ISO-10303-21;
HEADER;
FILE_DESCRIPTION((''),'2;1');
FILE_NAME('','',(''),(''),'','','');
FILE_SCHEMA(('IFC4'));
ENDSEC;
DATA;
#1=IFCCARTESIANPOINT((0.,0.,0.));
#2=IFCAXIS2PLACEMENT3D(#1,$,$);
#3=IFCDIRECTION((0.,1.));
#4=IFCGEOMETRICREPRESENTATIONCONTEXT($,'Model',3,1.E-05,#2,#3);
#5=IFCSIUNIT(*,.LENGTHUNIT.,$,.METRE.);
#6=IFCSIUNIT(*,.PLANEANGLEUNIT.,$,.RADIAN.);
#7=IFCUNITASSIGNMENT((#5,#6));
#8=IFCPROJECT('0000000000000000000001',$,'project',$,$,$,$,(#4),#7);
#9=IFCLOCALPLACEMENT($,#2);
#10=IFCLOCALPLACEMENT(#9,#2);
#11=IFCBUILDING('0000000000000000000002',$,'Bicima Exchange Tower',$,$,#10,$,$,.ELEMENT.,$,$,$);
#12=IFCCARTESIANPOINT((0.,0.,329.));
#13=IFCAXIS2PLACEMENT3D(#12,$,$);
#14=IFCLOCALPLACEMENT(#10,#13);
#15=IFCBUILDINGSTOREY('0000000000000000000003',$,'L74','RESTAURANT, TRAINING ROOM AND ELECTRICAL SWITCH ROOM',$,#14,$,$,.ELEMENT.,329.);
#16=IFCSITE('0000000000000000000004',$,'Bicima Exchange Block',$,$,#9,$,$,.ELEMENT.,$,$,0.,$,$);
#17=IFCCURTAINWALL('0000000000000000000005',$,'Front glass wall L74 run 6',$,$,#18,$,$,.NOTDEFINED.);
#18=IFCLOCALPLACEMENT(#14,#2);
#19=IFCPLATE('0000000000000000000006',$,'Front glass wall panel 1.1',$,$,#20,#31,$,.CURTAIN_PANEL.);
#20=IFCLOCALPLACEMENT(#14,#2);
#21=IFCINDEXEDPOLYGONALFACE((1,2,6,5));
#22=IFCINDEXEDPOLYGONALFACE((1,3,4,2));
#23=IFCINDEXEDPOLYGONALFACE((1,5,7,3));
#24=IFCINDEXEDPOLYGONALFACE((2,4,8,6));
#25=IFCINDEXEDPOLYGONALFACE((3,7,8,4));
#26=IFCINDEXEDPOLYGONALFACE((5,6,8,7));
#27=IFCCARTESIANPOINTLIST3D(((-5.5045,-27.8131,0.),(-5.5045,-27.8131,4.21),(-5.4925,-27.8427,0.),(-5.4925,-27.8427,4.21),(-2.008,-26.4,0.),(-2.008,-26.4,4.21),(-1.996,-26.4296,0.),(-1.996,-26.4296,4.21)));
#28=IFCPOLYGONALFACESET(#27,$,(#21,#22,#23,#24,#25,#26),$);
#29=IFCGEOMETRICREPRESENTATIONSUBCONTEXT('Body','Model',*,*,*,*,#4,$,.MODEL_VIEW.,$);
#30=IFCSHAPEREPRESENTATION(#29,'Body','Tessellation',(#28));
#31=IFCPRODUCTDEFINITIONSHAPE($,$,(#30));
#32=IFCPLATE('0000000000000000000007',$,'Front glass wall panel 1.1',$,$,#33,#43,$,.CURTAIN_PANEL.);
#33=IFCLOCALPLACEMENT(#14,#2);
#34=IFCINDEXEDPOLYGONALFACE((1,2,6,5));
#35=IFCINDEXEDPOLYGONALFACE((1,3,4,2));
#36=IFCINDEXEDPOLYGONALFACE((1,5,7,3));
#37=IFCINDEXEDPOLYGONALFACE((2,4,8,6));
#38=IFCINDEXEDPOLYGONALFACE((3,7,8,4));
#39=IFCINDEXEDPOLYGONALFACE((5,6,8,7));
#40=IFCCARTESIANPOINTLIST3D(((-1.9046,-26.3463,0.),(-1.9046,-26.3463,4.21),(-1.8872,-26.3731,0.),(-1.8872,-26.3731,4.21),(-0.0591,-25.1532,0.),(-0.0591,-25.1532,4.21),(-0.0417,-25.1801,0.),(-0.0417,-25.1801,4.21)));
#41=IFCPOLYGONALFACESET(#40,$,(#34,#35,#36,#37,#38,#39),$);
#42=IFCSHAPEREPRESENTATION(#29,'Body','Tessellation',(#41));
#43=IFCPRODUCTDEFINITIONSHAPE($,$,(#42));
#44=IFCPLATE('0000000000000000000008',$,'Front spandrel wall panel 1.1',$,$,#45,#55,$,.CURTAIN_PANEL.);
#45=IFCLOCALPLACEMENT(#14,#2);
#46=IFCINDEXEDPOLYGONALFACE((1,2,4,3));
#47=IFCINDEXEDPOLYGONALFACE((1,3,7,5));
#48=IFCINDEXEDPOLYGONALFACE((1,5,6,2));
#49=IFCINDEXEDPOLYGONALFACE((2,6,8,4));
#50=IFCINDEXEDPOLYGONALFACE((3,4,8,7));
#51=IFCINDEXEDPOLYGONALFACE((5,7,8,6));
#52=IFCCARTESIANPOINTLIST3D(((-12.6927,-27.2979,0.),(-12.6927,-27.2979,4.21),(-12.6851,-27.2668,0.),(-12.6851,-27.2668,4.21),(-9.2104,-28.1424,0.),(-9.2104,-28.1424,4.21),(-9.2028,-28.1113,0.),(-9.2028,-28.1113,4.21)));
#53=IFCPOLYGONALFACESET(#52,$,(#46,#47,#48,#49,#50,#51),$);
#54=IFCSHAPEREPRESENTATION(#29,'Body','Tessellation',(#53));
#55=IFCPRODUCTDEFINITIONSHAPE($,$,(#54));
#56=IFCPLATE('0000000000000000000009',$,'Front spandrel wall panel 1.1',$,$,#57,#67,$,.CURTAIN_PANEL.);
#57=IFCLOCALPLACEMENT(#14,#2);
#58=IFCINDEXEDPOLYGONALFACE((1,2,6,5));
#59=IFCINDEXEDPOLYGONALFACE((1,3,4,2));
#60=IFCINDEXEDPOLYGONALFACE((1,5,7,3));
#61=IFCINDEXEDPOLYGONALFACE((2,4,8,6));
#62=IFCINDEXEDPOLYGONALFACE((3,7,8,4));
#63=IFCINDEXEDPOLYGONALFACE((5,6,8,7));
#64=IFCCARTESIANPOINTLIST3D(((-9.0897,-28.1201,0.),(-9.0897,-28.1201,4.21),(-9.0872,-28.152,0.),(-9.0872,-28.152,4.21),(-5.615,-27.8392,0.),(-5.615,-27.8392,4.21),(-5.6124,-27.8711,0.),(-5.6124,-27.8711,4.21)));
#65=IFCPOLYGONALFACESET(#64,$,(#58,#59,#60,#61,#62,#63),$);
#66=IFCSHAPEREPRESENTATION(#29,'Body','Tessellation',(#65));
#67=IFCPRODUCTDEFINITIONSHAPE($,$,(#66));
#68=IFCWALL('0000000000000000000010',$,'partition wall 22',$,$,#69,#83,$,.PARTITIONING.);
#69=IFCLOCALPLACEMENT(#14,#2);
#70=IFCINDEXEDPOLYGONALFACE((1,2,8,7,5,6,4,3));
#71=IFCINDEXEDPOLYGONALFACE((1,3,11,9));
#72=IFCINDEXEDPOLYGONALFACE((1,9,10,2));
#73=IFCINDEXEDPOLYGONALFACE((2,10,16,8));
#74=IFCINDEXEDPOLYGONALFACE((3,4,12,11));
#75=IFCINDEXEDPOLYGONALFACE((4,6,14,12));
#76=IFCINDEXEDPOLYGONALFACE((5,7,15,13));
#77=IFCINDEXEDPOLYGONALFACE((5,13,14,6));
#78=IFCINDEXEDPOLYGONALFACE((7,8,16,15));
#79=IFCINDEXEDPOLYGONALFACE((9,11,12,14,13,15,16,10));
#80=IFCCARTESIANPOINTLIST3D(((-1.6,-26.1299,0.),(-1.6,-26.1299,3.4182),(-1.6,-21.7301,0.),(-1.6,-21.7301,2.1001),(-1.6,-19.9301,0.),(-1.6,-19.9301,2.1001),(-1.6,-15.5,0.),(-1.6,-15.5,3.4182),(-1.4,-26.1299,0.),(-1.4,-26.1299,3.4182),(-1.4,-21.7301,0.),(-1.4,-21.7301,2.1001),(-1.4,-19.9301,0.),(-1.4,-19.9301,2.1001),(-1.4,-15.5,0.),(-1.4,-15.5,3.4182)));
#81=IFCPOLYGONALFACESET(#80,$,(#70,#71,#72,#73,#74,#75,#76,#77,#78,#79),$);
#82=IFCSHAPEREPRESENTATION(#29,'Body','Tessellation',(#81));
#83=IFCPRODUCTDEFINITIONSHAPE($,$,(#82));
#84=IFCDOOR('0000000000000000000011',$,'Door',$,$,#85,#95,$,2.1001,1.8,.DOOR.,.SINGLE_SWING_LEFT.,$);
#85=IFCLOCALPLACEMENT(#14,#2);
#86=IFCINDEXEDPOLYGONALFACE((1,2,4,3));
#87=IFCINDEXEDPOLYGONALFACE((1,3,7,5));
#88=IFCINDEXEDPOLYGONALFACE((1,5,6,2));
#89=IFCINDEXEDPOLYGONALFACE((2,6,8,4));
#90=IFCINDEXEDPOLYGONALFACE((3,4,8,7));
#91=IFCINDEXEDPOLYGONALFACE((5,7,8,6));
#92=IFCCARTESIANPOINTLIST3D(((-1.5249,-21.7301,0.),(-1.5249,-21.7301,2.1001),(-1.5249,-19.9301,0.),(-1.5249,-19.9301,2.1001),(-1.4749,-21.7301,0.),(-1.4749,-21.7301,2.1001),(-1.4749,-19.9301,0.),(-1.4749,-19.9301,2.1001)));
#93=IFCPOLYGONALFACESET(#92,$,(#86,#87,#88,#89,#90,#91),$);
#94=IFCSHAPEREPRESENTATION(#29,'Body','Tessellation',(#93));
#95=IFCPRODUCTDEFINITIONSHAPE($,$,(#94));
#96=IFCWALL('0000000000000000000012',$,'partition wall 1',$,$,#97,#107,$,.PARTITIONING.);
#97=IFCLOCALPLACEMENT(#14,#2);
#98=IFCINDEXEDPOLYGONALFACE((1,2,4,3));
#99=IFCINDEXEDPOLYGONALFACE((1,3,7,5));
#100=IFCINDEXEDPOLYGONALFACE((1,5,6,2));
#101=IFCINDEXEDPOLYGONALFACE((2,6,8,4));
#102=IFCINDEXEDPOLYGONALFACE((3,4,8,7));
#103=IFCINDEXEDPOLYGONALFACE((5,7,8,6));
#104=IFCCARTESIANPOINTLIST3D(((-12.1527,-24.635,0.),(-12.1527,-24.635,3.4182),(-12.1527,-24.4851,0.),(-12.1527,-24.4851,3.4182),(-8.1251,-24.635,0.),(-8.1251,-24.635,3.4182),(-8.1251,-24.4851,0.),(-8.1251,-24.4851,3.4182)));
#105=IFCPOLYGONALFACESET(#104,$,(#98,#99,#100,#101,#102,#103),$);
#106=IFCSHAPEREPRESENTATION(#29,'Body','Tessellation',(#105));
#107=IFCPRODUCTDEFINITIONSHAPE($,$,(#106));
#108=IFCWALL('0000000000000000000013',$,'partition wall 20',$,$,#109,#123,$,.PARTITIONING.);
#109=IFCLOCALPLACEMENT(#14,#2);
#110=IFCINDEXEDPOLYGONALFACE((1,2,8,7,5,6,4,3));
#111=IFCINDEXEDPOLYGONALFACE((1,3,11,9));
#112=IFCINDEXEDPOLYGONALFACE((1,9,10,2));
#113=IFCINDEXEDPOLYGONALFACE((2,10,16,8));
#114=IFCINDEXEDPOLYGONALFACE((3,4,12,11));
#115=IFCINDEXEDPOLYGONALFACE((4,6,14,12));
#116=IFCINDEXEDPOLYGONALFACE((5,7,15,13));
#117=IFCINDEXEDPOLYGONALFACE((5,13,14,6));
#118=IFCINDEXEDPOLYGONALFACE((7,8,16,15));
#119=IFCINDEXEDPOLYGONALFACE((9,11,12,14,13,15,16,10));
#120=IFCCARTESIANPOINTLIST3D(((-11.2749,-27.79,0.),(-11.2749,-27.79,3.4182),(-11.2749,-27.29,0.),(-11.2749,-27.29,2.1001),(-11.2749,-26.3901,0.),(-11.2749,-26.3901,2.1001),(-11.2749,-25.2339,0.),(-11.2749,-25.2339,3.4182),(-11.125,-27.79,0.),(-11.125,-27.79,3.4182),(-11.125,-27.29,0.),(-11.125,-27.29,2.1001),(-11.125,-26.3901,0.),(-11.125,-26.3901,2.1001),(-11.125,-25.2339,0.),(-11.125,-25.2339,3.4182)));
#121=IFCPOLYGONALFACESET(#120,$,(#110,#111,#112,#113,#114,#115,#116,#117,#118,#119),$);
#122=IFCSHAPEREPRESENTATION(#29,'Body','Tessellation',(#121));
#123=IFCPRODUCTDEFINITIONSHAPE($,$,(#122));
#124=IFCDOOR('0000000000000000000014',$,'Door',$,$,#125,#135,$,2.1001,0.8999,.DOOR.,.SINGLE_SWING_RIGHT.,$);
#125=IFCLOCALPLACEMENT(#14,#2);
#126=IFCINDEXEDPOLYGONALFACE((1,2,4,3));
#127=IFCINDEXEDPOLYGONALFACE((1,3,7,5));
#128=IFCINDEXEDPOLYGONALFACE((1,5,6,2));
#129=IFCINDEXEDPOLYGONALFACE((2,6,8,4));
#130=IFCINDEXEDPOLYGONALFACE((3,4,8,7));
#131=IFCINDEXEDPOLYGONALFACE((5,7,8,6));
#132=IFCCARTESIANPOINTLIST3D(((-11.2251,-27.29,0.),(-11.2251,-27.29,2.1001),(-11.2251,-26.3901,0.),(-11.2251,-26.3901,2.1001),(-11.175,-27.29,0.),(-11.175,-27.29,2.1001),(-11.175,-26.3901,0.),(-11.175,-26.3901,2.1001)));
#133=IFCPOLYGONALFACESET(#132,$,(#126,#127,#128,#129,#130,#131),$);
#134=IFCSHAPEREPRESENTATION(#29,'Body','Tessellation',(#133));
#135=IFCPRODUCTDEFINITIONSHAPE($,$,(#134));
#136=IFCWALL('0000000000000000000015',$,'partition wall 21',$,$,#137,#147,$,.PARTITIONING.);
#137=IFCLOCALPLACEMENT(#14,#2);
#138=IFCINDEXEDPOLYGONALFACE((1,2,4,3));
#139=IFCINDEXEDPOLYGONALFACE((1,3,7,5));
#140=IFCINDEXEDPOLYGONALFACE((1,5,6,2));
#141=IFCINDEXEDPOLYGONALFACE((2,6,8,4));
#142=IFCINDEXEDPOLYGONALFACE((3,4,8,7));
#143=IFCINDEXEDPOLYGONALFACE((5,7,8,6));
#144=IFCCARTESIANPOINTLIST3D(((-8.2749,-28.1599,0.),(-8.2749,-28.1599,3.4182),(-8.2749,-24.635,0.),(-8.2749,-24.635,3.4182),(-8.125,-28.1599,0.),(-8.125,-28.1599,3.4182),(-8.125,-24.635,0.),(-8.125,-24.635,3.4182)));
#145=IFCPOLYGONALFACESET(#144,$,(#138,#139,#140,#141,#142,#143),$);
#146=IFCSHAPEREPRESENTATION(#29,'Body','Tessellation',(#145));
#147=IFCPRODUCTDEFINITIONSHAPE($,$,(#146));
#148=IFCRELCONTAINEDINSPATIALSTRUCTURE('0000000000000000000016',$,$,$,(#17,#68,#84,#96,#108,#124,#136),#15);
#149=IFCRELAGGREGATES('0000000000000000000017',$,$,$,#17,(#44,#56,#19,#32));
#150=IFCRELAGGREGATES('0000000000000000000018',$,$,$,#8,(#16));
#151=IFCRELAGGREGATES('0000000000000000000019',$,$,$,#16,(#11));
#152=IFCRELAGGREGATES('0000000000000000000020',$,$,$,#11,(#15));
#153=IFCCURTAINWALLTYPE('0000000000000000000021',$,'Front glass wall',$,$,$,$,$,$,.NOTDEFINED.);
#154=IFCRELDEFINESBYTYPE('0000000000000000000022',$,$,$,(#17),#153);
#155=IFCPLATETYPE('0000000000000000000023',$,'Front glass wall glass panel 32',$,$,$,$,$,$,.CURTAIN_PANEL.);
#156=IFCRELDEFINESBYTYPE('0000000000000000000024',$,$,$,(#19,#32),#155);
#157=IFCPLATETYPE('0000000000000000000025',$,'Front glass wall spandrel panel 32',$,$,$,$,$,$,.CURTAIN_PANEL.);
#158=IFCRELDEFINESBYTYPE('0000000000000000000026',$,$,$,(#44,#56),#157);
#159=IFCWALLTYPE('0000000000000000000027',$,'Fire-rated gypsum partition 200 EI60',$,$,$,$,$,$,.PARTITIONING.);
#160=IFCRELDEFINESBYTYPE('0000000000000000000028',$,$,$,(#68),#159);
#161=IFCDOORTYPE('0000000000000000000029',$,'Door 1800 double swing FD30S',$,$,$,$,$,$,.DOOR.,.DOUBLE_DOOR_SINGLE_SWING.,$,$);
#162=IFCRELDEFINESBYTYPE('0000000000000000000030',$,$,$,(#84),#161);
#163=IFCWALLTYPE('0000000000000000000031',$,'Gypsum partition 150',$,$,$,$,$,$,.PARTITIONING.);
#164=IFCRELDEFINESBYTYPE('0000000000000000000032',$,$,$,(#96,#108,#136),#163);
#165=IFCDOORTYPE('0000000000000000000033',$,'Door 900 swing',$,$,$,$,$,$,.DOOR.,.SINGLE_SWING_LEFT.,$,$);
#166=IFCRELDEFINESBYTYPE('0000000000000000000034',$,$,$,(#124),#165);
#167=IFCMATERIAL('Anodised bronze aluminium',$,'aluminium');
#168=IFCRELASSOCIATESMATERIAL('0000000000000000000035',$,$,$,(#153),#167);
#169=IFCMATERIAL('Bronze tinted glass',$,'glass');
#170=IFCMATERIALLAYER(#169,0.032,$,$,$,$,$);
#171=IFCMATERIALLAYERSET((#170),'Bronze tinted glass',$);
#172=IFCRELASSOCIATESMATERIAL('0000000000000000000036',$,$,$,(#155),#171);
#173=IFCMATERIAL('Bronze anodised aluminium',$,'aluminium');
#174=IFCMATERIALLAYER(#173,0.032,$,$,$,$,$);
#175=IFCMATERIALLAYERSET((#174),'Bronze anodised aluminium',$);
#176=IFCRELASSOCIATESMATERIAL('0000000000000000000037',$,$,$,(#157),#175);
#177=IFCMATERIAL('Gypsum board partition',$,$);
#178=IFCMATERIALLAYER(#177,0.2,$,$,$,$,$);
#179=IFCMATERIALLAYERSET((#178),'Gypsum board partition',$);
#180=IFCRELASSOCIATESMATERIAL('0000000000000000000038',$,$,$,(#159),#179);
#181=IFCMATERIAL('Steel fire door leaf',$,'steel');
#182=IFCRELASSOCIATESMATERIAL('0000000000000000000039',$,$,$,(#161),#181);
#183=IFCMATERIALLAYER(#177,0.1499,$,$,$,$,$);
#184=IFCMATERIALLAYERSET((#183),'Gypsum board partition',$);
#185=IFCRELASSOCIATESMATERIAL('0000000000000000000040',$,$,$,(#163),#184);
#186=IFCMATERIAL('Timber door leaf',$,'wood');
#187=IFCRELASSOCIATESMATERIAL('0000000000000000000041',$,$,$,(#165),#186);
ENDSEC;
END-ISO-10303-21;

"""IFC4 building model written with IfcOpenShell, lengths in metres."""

from ifc_helpers import new_model, si_unit, direction, frame, frame_2d, origin, origin_2d, place, context, subcontext, project, spatial, rectangle, extrude, material, layer, layer_set, type_object, element, fill, aggregate, save


model = new_model("IFC4")

# Units and contexts
model_context = context("Model", 3, precision=1e-05, world=origin(), true_north=direction((0.0, 1.0)))
body_context = subcontext(model_context, "Body", "Model", "MODEL_VIEW")
ifc_project = project(units=[si_unit("LENGTHUNIT", "METRE"), si_unit("PLANEANGLEUNIT", "RADIAN")], contexts=[model_context])

# Site, building, storey
site_placement = place(None, origin())
site = spatial("IfcSite", under=ifc_project, at=site_placement, Name="Bicima Exchange Block", CompositionType="ELEMENT", RefElevation=0.0)
building_placement = place(site_placement, origin())
building = spatial("IfcBuilding", under=site, at=building_placement, Name="Bicima Exchange Tower", CompositionType="ELEMENT")
storey_placement = place(building_placement, frame((0.0, 0.0, 329.0)))
storey = spatial("IfcBuildingStorey", under=building, at=storey_placement, Name="L74", Description="RESTAURANT, TRAINING ROOM AND ELECTRICAL SWITCH ROOM", CompositionType="ELEMENT", Elevation=329.0)

# Curtain wall, plates
ifc_material_1 = material(Name="Anodised bronze aluminium", Category="aluminium")
curtain_wall_type = type_object("IfcCurtainWallType", Name="Front glass wall", PredefinedType="NOTDEFINED", material=ifc_material_1)
curtain_wall_placement = place(storey_placement, origin())
curtain_wall = element("IfcCurtainWall", 1, at=curtain_wall_placement, inside=storey, type_object=curtain_wall_type, Name="Front glass wall L74 run 6", PredefinedType="NOTDEFINED")
ifc_material_2 = material(Name="Bronze tinted glass", Category="glass")
ifc_layer_1 = layer(ifc_material_2, 0.032)
ifc_layer_set_1 = layer_set([ifc_layer_1], Name="Bronze tinted glass")
plate_type_1 = type_object("IfcPlateType", Name="Front glass wall glass panel 32", PredefinedType="CURTAIN_PANEL", material=ifc_layer_set_1)
plate_1_placement = place(storey_placement, frame((-3.7502, -27.1213, 0.0), z_axis=(0.0, 0.0, 1.0), x_axis=(0.927144, 0.374705, 0.0)))
plate_1 = element("IfcPlate", 2, at=plate_1_placement, type_object=plate_type_1, Name="Front glass wall panel 1.1", PredefinedType="CURTAIN_PANEL", context=body_context, shape_type="SweptSolid", body=[
    extrude(rectangle(XDim=3.7712, YDim=0.032, at=origin_2d()), origin(), (0.0, 0.0, 1.0), 4.21),
])
plate_2_placement = place(storey_placement, frame((-0.9731, -25.7632, 0.0), z_axis=(0.0, 0.0, 1.0), x_axis=(0.839799, 0.542897, 0.0)))
plate_2 = element("IfcPlate", 3, at=plate_2_placement, type_object=plate_type_1, Name="Front glass wall panel 1.1", PredefinedType="CURTAIN_PANEL", context=body_context, shape_type="SweptSolid", body=[
    extrude(rectangle(XDim=2.1975, YDim=0.032, at=origin_2d()), origin(), (0.0, 0.0, 1.0), 4.21),
])
ifc_material_3 = material(Name="Bronze anodised aluminium", Category="aluminium")
ifc_layer_2 = layer(ifc_material_3, 0.032)
ifc_layer_set_2 = layer_set([ifc_layer_2], Name="Bronze anodised aluminium")
plate_type_2 = type_object("IfcPlateType", Name="Front glass wall spandrel panel 32", PredefinedType="CURTAIN_PANEL", material=ifc_layer_set_2)
plate_3_placement = place(storey_placement, frame((-10.9478, -27.7046, 0.0), z_axis=(0.0, 0.0, 1.0), x_axis=(0.97183, -0.235682, 0.0)))
plate_3 = element("IfcPlate", 4, at=plate_3_placement, type_object=plate_type_2, Name="Front spandrel wall panel 1.1", PredefinedType="CURTAIN_PANEL", context=body_context, shape_type="SweptSolid", body=[
    extrude(rectangle(XDim=3.5833, YDim=0.032, at=origin_2d()), origin(), (0.0, 0.0, 1.0), 4.21),
])
plate_4_placement = place(storey_placement, frame((-7.3511, -27.9956, 0.0), z_axis=(0.0, 0.0, 1.0), x_axis=(0.996747, 0.080589, 0.0)))
plate_4 = element("IfcPlate", 5, at=plate_4_placement, type_object=plate_type_2, Name="Front spandrel wall panel 1.1", PredefinedType="CURTAIN_PANEL", context=body_context, shape_type="SweptSolid", body=[
    extrude(rectangle(XDim=3.4861, YDim=0.032, at=origin_2d()), origin(), (0.0, 0.0, 1.0), 4.21),
])
aggregate(curtain_wall, [plate_3, plate_4, plate_1, plate_2])

# Wall, opening, door
ifc_material_4 = material(Name="Gypsum board partition")
ifc_layer_3 = layer(ifc_material_4, 0.2)
ifc_layer_set_3 = layer_set([ifc_layer_3], Name="Gypsum board partition")
wall_type_1 = type_object("IfcWallType", Name="Fire-rated gypsum partition 200 EI60", PredefinedType="PARTITIONING", material=ifc_layer_set_3)
wall_1_placement = place(storey_placement, frame((-1.5, -26.1299, 0.0), z_axis=(0.0, 0.0, 1.0), x_axis=(0.0, 1.0, 0.0)))
wall_1 = element("IfcWall", 6, at=wall_1_placement, inside=storey, type_object=wall_type_1, Name="partition wall 22", PredefinedType="PARTITIONING", context=body_context, shape_type="SweptSolid", body=[
    extrude(rectangle(XDim=10.6299, YDim=0.2, at=frame_2d((5.3149, 0.0))), origin(), (0.0, 0.0, 1.0), 3.4182),
])
opening_1_placement = place(wall_1_placement, frame((4.3999, 0.0, 0.0)))
opening_1 = element("IfcOpeningElement", 7, at=opening_1_placement, cuts=wall_1, PredefinedType="OPENING", context=body_context, shape_type="SweptSolid", body=[
    extrude(rectangle(XDim=1.8, YDim=2.1001, at=frame_2d((0.8999, 1.05))), frame((0.0, 0.1118, 0.0), z_axis=(0.0, -1.0, 0.0), x_axis=(1.0, 0.0, 0.0)), (0.0, 0.0, 1.0), 0.2239),
])
ifc_material_5 = material(Name="Steel fire door leaf", Category="steel")
door_type_1 = type_object("IfcDoorType", Name="Door 1800 double swing FD30S", OperationType="DOUBLE_DOOR_SINGLE_SWING", PredefinedType="DOOR", material=ifc_material_5)
door_1_placement = place(opening_1_placement, origin())
door_1 = element("IfcDoor", 8, at=door_1_placement, inside=storey, type_object=door_type_1, Name="Door", OperationType="SINGLE_SWING_LEFT", OverallHeight=2.1001, OverallWidth=1.8, PredefinedType="DOOR", context=body_context, shape_type="SweptSolid", body=[
    extrude(rectangle(XDim=1.8, YDim=2.1001, at=frame_2d((0.8999, 1.05))), frame((0.0, 0.0249, 0.0), z_axis=(0.0, -1.0, 0.0), x_axis=(1.0, 0.0, 0.0)), (0.0, 0.0, 1.0), 0.05),
])
fill(opening_1, door_1)

# Wall
ifc_layer_4 = layer(ifc_material_4, 0.1499)
ifc_layer_set_4 = layer_set([ifc_layer_4], Name="Gypsum board partition")
wall_type_2 = type_object("IfcWallType", Name="Gypsum partition 150", PredefinedType="PARTITIONING", material=ifc_layer_set_4)
wall_2_placement = place(storey_placement, frame((-12.1526, -24.5601, 0.0), z_axis=(0.0, 0.0, 1.0), x_axis=(1.0, 0.0, 0.0)))
element("IfcWall", 9, at=wall_2_placement, inside=storey, type_object=wall_type_2, Name="partition wall 1", PredefinedType="PARTITIONING", context=body_context, shape_type="SweptSolid", body=[
    extrude(rectangle(XDim=4.0276, YDim=0.1499, at=frame_2d((2.0137, 0.0))), origin(), (0.0, 0.0, 1.0), 3.4182),
])

# Wall, opening, door
wall_3_placement = place(storey_placement, frame((-11.2, -27.79, 0.0), z_axis=(0.0, 0.0, 1.0), x_axis=(0.0, 1.0, 0.0)))
wall_3 = element("IfcWall", 10, at=wall_3_placement, inside=storey, type_object=wall_type_2, Name="partition wall 20", PredefinedType="PARTITIONING", context=body_context, shape_type="SweptSolid", body=[
    extrude(rectangle(XDim=2.5562, YDim=0.1499, at=frame_2d((1.2781, 0.0))), origin(), (0.0, 0.0, 1.0), 3.4182),
])
opening_2_placement = place(wall_3_placement, frame((0.5, 0.0, 0.0)))
opening_2 = element("IfcOpeningElement", 11, at=opening_2_placement, cuts=wall_3, PredefinedType="OPENING", context=body_context, shape_type="SweptSolid", body=[
    extrude(rectangle(XDim=0.8999, YDim=2.1001, at=frame_2d((0.45, 1.05))), frame((0.0, 0.0869, 0.0), z_axis=(0.0, -1.0, 0.0), x_axis=(1.0, 0.0, 0.0)), (0.0, 0.0, 1.0), 0.1738),
])
ifc_material_6 = material(Name="Timber door leaf", Category="wood")
door_type_2 = type_object("IfcDoorType", Name="Door 900 swing", OperationType="SINGLE_SWING_LEFT", PredefinedType="DOOR", material=ifc_material_6)
door_2_placement = place(opening_2_placement, frame((0.8999, 0.0, 0.0), z_axis=(0.0, 0.0, 1.0), x_axis=(-1.0, 0.0, 0.0)))
door_2 = element("IfcDoor", 12, at=door_2_placement, inside=storey, type_object=door_type_2, Name="Door", OperationType="SINGLE_SWING_RIGHT", OverallHeight=2.1001, OverallWidth=0.8999, PredefinedType="DOOR", context=body_context, shape_type="SweptSolid", body=[
    extrude(rectangle(XDim=0.8999, YDim=2.1001, at=frame_2d((0.45, 1.05))), frame((0.0, 0.0249, 0.0), z_axis=(0.0, -1.0, 0.0), x_axis=(1.0, 0.0, 0.0)), (0.0, 0.0, 1.0), 0.05),
])
fill(opening_2, door_2)

# Wall
wall_4_placement = place(storey_placement, frame((-8.2, -28.1599, 0.0), z_axis=(0.0, 0.0, 1.0), x_axis=(0.0, 1.0, 0.0)))
element("IfcWall", 13, at=wall_4_placement, inside=storey, type_object=wall_type_2, Name="partition wall 21", PredefinedType="PARTITIONING", context=body_context, shape_type="SweptSolid", body=[
    extrude(rectangle(XDim=3.5249, YDim=0.1499, at=frame_2d((1.7625, 0.0))), origin(), (0.0, 0.0, 1.0), 3.4182),
])

save(model, "model.ifc")
